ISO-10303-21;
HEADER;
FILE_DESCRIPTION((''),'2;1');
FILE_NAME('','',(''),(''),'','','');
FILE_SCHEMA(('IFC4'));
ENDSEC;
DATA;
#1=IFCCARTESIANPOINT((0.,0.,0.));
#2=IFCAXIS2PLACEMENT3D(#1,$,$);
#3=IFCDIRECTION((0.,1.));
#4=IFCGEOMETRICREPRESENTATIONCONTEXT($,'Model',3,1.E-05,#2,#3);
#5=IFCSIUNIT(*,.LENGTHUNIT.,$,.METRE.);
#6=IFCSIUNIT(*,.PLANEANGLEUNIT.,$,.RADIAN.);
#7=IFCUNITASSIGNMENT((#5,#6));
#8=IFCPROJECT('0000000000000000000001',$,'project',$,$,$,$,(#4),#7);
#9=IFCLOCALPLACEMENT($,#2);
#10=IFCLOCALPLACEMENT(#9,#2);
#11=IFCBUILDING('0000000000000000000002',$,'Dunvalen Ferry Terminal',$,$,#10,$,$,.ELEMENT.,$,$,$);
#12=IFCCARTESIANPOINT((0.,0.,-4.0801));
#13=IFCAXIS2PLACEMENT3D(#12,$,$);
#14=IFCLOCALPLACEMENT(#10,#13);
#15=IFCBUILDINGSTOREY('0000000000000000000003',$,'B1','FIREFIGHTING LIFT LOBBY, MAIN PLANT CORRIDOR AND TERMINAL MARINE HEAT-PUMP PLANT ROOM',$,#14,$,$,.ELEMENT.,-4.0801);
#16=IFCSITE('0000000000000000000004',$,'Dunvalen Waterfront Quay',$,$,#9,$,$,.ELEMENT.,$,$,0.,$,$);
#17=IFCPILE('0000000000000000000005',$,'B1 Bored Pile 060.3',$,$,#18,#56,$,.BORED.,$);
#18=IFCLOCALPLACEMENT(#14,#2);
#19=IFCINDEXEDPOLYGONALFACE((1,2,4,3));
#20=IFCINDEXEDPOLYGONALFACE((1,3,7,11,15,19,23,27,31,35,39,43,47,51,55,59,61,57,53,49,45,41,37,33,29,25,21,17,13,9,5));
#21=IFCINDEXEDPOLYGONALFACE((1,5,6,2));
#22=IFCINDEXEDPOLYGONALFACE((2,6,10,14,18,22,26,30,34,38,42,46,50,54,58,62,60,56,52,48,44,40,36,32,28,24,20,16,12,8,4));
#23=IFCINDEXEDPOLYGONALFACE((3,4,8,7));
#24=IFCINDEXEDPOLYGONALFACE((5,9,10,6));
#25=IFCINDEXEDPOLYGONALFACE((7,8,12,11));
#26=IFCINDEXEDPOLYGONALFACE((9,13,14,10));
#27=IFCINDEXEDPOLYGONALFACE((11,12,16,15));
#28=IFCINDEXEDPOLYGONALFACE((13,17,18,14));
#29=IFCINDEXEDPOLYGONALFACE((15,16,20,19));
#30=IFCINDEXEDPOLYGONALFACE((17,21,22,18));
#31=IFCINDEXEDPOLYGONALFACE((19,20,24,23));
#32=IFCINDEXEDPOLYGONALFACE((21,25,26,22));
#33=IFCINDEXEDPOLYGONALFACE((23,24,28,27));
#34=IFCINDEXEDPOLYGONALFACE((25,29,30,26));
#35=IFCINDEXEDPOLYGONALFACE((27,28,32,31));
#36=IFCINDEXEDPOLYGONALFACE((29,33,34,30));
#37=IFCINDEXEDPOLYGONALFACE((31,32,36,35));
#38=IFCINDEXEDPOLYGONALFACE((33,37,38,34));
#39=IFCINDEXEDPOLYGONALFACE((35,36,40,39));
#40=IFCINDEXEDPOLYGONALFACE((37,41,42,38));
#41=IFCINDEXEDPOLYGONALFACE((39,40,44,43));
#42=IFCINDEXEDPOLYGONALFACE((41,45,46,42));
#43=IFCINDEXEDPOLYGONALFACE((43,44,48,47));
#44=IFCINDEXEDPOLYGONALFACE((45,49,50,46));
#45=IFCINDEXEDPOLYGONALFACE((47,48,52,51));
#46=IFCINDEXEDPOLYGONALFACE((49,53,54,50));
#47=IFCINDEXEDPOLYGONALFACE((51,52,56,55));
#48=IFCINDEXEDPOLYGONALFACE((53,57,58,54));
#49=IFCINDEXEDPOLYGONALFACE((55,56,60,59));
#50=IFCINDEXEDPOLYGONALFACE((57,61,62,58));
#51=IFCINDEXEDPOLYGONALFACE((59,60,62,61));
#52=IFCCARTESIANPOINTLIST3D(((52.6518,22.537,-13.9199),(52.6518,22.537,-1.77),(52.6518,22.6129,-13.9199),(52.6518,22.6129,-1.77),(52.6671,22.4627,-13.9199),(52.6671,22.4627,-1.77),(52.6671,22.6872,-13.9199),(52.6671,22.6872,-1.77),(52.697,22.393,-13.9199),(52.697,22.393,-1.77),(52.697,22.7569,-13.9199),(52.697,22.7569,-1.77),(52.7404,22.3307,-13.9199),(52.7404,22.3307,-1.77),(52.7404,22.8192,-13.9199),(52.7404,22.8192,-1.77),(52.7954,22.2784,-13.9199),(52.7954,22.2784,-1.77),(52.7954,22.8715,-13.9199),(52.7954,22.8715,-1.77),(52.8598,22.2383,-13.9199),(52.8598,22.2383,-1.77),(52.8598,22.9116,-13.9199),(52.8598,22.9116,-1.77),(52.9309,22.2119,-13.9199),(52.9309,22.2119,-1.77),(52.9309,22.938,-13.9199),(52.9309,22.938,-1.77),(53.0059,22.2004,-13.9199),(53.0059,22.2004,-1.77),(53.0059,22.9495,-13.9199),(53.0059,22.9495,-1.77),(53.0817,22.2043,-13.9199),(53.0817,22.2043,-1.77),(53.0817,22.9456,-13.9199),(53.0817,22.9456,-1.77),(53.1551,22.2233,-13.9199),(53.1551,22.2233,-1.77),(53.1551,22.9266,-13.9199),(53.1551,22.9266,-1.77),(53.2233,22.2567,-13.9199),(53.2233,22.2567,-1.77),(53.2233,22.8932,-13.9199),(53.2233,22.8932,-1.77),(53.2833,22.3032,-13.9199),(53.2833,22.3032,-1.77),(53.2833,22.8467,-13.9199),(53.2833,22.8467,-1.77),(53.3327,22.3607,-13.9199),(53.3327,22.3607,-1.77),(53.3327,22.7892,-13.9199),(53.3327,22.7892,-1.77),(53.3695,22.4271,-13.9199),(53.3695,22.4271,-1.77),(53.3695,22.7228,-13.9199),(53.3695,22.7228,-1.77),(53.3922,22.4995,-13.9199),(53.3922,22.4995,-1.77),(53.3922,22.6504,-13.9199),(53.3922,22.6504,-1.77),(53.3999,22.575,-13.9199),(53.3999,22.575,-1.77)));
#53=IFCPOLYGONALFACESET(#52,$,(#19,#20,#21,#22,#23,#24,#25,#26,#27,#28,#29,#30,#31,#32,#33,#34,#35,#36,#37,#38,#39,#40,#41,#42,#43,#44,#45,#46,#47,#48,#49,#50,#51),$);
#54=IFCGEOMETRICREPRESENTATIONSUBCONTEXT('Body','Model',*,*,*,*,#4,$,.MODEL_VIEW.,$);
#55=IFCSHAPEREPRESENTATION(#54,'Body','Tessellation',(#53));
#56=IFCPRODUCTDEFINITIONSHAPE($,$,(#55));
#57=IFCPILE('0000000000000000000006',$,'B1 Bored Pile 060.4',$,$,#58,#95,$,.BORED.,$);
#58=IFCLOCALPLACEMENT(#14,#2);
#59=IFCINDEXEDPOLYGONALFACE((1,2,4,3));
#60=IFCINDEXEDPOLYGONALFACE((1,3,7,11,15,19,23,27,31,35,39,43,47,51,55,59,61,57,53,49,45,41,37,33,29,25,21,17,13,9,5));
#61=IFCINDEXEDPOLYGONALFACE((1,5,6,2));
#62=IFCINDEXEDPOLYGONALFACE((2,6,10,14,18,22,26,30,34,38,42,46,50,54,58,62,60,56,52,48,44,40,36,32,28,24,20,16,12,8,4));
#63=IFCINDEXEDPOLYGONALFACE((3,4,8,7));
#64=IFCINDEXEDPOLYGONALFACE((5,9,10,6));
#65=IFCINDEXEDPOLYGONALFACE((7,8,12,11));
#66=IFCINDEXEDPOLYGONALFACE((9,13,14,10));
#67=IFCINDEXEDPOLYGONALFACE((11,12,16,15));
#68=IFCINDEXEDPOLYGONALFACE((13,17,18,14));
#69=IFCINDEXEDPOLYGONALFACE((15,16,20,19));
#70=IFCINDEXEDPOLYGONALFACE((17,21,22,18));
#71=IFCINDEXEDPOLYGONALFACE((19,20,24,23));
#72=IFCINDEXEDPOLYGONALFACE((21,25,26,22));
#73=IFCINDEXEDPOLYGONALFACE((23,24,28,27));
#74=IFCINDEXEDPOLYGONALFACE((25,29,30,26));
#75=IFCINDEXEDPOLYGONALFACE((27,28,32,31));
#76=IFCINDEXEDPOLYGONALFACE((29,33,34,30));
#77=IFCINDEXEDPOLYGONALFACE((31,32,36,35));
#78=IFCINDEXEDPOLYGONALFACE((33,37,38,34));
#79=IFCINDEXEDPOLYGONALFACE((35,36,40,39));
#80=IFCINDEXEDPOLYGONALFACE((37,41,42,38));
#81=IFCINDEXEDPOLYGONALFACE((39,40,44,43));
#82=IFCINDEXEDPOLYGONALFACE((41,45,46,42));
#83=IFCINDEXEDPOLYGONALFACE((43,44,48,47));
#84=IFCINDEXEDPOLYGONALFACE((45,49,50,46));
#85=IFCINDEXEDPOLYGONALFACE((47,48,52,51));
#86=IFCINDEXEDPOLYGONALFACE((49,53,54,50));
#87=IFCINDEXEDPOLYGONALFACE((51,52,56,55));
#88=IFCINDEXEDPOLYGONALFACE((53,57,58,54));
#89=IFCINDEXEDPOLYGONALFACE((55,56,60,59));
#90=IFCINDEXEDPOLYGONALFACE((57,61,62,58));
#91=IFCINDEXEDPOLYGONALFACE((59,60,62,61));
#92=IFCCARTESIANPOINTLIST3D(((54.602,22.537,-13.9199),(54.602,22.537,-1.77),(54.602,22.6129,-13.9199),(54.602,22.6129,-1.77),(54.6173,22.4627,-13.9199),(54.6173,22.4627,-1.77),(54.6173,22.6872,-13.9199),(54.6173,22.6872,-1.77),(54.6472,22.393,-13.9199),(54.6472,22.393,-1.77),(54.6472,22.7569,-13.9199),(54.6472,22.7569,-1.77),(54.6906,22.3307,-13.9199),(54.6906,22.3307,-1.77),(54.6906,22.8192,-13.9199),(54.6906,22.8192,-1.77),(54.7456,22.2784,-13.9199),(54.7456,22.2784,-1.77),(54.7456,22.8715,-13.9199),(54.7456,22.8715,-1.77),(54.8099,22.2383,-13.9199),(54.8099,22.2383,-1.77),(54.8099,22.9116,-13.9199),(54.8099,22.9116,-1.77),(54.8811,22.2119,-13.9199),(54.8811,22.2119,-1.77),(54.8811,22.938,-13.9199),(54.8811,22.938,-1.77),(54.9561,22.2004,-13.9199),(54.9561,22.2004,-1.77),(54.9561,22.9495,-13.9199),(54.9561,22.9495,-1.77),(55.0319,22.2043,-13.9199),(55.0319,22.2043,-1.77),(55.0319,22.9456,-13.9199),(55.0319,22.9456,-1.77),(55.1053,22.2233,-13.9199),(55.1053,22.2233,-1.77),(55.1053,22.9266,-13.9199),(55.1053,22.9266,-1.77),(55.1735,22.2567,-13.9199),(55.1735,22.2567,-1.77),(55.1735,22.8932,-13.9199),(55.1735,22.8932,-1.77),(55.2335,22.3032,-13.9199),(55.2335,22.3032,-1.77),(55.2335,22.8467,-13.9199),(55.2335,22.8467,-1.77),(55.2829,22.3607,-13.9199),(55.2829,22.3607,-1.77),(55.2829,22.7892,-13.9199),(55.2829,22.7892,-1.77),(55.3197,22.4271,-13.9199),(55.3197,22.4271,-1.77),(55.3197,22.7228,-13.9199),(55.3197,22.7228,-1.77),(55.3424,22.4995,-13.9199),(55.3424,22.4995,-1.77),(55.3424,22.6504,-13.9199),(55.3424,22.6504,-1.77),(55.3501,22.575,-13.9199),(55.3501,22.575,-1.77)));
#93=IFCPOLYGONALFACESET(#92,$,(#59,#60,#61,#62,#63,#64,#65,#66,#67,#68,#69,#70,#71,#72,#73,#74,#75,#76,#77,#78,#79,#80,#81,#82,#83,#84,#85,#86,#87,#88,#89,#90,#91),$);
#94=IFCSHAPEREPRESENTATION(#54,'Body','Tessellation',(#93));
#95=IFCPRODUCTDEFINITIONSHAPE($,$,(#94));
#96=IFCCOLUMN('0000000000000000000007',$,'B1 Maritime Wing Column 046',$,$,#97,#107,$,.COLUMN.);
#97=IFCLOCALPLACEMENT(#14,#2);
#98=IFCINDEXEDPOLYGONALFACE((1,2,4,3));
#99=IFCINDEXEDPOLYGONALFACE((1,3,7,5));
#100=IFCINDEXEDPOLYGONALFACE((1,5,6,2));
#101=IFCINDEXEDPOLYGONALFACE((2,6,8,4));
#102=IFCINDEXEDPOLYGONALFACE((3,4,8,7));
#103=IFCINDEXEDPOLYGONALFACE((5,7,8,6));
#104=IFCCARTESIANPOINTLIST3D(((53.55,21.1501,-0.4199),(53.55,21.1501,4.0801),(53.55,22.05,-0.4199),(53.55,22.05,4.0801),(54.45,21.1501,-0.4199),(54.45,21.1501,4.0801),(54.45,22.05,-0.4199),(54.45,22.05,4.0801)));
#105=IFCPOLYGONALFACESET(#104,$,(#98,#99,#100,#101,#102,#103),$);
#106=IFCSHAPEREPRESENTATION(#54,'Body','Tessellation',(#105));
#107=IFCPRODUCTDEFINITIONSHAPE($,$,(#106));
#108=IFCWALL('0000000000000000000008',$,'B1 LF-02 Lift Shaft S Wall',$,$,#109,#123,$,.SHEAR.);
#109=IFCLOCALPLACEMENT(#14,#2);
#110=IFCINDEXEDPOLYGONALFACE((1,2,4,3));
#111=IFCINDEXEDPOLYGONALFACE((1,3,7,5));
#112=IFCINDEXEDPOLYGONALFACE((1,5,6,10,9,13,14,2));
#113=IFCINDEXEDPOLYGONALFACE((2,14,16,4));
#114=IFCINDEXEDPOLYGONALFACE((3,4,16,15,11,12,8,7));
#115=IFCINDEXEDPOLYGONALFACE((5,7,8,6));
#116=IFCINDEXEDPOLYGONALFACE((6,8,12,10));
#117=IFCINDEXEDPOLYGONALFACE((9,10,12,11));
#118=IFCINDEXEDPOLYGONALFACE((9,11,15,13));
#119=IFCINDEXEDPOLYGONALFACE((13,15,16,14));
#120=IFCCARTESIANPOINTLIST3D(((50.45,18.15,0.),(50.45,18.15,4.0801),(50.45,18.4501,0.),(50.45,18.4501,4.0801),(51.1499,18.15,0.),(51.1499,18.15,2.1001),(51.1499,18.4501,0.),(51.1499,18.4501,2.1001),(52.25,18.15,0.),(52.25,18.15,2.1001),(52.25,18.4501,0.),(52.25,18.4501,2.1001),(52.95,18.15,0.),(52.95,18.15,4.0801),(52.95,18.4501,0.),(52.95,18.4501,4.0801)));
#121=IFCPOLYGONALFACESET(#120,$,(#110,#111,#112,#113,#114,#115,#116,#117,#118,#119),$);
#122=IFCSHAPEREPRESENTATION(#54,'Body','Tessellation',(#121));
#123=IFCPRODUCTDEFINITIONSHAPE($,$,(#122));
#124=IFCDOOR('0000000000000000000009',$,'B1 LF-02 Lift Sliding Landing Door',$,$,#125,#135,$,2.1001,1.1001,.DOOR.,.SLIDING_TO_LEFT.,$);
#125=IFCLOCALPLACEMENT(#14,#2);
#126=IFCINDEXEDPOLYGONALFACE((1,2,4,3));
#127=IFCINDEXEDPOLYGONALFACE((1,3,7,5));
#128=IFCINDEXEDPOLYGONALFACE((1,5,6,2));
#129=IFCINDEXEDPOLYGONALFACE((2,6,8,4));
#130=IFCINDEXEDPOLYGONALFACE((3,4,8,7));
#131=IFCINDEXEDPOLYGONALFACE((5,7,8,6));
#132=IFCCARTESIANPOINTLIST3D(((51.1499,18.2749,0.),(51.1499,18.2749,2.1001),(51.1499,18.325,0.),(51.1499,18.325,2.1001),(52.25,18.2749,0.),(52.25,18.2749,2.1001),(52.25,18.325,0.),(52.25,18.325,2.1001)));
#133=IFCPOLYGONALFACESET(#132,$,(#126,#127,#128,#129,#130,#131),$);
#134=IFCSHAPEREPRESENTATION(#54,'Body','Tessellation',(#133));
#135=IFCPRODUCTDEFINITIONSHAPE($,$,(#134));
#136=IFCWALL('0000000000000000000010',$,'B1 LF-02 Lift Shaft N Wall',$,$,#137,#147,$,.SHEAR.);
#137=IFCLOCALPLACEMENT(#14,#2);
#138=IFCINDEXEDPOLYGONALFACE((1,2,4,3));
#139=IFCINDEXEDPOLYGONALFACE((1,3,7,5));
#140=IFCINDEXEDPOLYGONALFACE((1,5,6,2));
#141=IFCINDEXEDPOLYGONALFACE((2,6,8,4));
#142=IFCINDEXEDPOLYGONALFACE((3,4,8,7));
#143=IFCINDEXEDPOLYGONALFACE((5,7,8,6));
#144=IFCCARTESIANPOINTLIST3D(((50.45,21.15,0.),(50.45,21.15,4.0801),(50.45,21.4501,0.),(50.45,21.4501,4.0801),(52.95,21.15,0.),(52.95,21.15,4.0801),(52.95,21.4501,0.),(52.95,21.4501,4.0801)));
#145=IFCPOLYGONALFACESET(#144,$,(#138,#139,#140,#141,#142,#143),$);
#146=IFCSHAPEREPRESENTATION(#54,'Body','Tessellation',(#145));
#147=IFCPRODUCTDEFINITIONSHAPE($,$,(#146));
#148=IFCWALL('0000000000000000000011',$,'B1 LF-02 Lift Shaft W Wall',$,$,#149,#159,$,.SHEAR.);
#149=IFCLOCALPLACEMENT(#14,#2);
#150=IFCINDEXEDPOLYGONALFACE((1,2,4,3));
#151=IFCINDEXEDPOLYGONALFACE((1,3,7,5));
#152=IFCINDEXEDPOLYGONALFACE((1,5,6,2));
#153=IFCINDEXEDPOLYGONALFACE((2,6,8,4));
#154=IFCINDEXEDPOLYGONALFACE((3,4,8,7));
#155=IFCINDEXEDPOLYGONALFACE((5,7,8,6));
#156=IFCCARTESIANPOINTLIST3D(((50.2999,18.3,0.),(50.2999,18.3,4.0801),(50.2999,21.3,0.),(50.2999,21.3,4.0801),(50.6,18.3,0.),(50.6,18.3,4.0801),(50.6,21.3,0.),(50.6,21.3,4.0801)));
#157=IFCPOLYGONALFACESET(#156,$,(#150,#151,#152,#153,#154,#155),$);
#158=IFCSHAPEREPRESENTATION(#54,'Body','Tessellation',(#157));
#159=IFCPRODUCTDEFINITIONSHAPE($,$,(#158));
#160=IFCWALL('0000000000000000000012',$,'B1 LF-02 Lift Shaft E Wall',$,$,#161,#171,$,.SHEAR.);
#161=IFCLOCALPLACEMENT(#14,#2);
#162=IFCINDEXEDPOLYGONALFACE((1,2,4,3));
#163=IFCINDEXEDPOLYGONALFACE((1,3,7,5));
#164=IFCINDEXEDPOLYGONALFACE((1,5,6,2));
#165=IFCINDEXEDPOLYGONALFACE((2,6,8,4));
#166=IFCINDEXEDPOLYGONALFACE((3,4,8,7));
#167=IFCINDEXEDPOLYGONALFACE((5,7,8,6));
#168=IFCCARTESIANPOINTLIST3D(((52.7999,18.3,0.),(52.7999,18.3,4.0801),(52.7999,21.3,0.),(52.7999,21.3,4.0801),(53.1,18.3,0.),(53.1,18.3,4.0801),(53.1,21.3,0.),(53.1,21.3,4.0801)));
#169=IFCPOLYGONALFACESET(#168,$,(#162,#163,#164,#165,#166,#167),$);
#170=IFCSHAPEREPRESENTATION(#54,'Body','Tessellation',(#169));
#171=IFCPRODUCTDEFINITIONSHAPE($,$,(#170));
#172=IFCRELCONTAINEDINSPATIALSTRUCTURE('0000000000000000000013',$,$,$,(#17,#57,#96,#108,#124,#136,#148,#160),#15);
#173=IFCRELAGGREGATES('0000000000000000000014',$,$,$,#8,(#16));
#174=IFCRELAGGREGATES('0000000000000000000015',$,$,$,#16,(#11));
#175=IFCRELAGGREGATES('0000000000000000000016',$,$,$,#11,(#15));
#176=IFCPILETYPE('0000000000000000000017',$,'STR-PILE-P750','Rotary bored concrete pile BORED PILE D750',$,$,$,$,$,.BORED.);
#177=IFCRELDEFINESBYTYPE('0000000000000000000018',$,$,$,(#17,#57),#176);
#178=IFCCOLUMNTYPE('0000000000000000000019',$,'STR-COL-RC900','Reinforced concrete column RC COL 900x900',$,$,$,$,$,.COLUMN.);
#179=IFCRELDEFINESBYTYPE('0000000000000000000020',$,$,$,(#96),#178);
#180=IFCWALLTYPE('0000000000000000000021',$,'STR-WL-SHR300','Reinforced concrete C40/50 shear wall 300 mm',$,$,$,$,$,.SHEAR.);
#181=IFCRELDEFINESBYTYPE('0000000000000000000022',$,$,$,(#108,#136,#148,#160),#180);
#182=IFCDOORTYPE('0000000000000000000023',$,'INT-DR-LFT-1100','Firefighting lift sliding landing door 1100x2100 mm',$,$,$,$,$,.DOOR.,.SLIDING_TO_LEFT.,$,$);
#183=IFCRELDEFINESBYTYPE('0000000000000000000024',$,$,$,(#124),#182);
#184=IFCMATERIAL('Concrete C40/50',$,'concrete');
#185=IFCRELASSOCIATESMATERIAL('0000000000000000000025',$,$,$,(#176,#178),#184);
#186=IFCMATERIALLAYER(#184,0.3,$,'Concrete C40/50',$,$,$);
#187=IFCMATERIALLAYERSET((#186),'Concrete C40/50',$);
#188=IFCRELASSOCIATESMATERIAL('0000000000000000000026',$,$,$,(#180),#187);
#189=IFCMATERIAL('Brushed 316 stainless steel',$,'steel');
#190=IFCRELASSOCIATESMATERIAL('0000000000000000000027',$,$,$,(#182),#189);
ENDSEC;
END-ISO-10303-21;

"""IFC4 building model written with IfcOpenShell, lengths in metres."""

from ifc_helpers import new_model, si_unit, direction, frame, frame_2d, origin, origin_2d, place, context, subcontext, project, spatial, rectangle, circle, extrude, material, layer, layer_set, material_profile, profile_set, type_object, element, fill, save


model = new_model("IFC4")

# Units and contexts
model_context = context("Model", 3, precision=1e-05, world=origin(), true_north=direction((0.0, 1.0)))
body_context = subcontext(model_context, "Body", "Model", "MODEL_VIEW")
ifc_project = project(units=[si_unit("LENGTHUNIT", "METRE"), si_unit("PLANEANGLEUNIT", "RADIAN")], contexts=[model_context])

# Site, building, storey
site_placement = place(None, origin())
site = spatial("IfcSite", under=ifc_project, at=site_placement, Name="Dunvalen Waterfront Quay", CompositionType="ELEMENT", RefElevation=0.0)
building_placement = place(site_placement, origin())
building = spatial("IfcBuilding", under=site, at=building_placement, Name="Dunvalen Ferry Terminal", CompositionType="ELEMENT")
storey_placement = place(building_placement, frame((0.0, 0.0, -4.0801)))
storey = spatial("IfcBuildingStorey", under=building, at=storey_placement, Name="B1", Description="FIREFIGHTING LIFT LOBBY, MAIN PLANT CORRIDOR AND TERMINAL MARINE HEAT-PUMP PLANT ROOM", CompositionType="ELEMENT", Elevation=-4.0801)

# Shared definitions
ifc_material_1 = material(Name="Concrete C40/50", Category="concrete")

# Piles
ifc_material_profile_1 = material_profile(ifc_material_1, circle(Radius=0.375, at=origin_2d()), Name="Concrete C40/50")
ifc_profile_set_1 = profile_set([ifc_material_profile_1], Name="Concrete C40/50")
pile_type = type_object("IfcPileType", Name="STR-PILE-P750", Description="Rotary bored concrete pile BORED PILE D750", PredefinedType="BORED", material=ifc_profile_set_1)
for number, where, z_axis, x_axis, name in (
    (1, (53.0249, 22.575, -1.77), (0.0, 0.0, -1.0), (1.0, 0.0, 0.0), "B1 Bored Pile 060.3"),
    (2, (54.9751, 22.575, -1.77), (0.0, 0.0, -1.0), (1.0, 0.0, 0.0), "B1 Bored Pile 060.4"),
):
    element("IfcPile", number, at=place(storey_placement, frame(where, z_axis=z_axis, x_axis=x_axis)), inside=storey, type_object=pile_type, Name=name, PredefinedType="BORED", context=body_context, shape_type="SweptSolid", body=[
        extrude(circle(Radius=0.375, at=origin_2d()), origin(), (0.0, 0.0, 1.0), 12.1499),
    ])

# Column
ifc_material_profile_2 = material_profile(ifc_material_1, rectangle(XDim=0.8999, YDim=0.8999, at=origin_2d()), Name="Concrete C40/50")
ifc_profile_set_2 = profile_set([ifc_material_profile_2], Name="Concrete C40/50")
column_type = type_object("IfcColumnType", Name="STR-COL-RC900", Description="Reinforced concrete column RC COL 900x900", PredefinedType="COLUMN", material=ifc_profile_set_2)
column_placement = place(storey_placement, frame((54.0, 21.6001, -0.4199), z_axis=(0.0, 0.0, 1.0), x_axis=(1.0, 0.0, 0.0)))
element("IfcColumn", 3, at=column_placement, inside=storey, type_object=column_type, Name="B1 Maritime Wing Column 046", PredefinedType="COLUMN", context=body_context, shape_type="SweptSolid", body=[
    extrude(rectangle(XDim=0.8999, YDim=0.8999, at=origin_2d()), origin(), (0.0, 0.0, 1.0), 4.5),
])

# Wall, opening, door
ifc_layer_1 = layer(ifc_material_1, 0.3, Name="Concrete C40/50")
ifc_layer_set_1 = layer_set([ifc_layer_1], Name="Concrete C40/50")
wall_type_1 = type_object("IfcWallType", Name="STR-WL-SHR300", Description="Reinforced concrete C40/50 shear wall 300 mm", PredefinedType="SHEAR", material=ifc_layer_set_1)
wall_1_placement = place(storey_placement, frame((50.45, 18.3, 0.0), z_axis=(0.0, 0.0, 1.0), x_axis=(1.0, 0.0, 0.0)))
wall_1 = element("IfcWall", 4, at=wall_1_placement, inside=storey, type_object=wall_type_1, Name="B1 LF-02 Lift Shaft S Wall", PredefinedType="SHEAR", context=body_context, shape_type="SweptSolid", body=[
    extrude(rectangle(XDim=2.5, YDim=0.3, at=frame_2d((1.25, 0.0))), origin(), (0.0, 0.0, 1.0), 4.0801),
])
opening_1_placement = place(wall_1_placement, frame((0.7, 0.0, 0.0)))
opening_1 = element("IfcOpeningElement", 5, at=opening_1_placement, cuts=wall_1, PredefinedType="OPENING", context=body_context, shape_type="SweptSolid", body=[
    extrude(rectangle(XDim=1.1001, YDim=2.1001, at=frame_2d((0.55, 1.05))), frame((0.0, 0.1602, 0.0), z_axis=(0.0, -1.0, 0.0), x_axis=(1.0, 0.0, 0.0)), (0.0, 0.0, 1.0), 0.3201),
])
ifc_material_2 = material(Name="Brushed 316 stainless steel", Category="steel")
door_type_1 = type_object("IfcDoorType", Name="INT-DR-LFT-1100", Description="Firefighting lift sliding landing door 1100x2100 mm", OperationType="SLIDING_TO_LEFT", PredefinedType="DOOR", material=ifc_material_2)
door_1_placement = place(opening_1_placement, origin())
door_1 = element("IfcDoor", 6, at=door_1_placement, inside=storey, type_object=door_type_1, Name="B1 LF-02 Lift Sliding Landing Door", OperationType="SLIDING_TO_LEFT", OverallHeight=2.1001, OverallWidth=1.1001, PredefinedType="DOOR", context=body_context, shape_type="SweptSolid", body=[
    extrude(rectangle(XDim=1.1001, YDim=2.1001, at=frame_2d((0.55, 1.05))), frame((0.0, 0.0249, 0.0), z_axis=(0.0, -1.0, 0.0), x_axis=(1.0, 0.0, 0.0)), (0.0, 0.0, 1.0), 0.05),
])
fill(opening_1, door_1)

# Walls
wall_2_placement = place(storey_placement, frame((50.45, 21.3, 0.0), z_axis=(0.0, 0.0, 1.0), x_axis=(1.0, 0.0, 0.0)))
element("IfcWall", 7, at=wall_2_placement, inside=storey, type_object=wall_type_1, Name="B1 LF-02 Lift Shaft N Wall", PredefinedType="SHEAR", context=body_context, shape_type="SweptSolid", body=[
    extrude(rectangle(XDim=2.5, YDim=0.3, at=frame_2d((1.25, 0.0))), origin(), (0.0, 0.0, 1.0), 4.0801),
])
for number, where, z_axis, x_axis, name in (
    (8, (50.45, 18.3, 0.0), (0.0, 0.0, 1.0), (0.0, 1.0, 0.0), "B1 LF-02 Lift Shaft W Wall"),
    (9, (52.95, 18.3, 0.0), (0.0, 0.0, 1.0), (0.0, 1.0, 0.0), "B1 LF-02 Lift Shaft E Wall"),
):
    element("IfcWall", number, at=place(storey_placement, frame(where, z_axis=z_axis, x_axis=x_axis)), inside=storey, type_object=wall_type_1, Name=name, PredefinedType="SHEAR", context=body_context, shape_type="SweptSolid", body=[
        extrude(rectangle(XDim=3.0, YDim=0.3, at=frame_2d((1.5, 0.0))), origin(), (0.0, 0.0, 1.0), 4.0801),
    ])

save(model, "model.ifc")
